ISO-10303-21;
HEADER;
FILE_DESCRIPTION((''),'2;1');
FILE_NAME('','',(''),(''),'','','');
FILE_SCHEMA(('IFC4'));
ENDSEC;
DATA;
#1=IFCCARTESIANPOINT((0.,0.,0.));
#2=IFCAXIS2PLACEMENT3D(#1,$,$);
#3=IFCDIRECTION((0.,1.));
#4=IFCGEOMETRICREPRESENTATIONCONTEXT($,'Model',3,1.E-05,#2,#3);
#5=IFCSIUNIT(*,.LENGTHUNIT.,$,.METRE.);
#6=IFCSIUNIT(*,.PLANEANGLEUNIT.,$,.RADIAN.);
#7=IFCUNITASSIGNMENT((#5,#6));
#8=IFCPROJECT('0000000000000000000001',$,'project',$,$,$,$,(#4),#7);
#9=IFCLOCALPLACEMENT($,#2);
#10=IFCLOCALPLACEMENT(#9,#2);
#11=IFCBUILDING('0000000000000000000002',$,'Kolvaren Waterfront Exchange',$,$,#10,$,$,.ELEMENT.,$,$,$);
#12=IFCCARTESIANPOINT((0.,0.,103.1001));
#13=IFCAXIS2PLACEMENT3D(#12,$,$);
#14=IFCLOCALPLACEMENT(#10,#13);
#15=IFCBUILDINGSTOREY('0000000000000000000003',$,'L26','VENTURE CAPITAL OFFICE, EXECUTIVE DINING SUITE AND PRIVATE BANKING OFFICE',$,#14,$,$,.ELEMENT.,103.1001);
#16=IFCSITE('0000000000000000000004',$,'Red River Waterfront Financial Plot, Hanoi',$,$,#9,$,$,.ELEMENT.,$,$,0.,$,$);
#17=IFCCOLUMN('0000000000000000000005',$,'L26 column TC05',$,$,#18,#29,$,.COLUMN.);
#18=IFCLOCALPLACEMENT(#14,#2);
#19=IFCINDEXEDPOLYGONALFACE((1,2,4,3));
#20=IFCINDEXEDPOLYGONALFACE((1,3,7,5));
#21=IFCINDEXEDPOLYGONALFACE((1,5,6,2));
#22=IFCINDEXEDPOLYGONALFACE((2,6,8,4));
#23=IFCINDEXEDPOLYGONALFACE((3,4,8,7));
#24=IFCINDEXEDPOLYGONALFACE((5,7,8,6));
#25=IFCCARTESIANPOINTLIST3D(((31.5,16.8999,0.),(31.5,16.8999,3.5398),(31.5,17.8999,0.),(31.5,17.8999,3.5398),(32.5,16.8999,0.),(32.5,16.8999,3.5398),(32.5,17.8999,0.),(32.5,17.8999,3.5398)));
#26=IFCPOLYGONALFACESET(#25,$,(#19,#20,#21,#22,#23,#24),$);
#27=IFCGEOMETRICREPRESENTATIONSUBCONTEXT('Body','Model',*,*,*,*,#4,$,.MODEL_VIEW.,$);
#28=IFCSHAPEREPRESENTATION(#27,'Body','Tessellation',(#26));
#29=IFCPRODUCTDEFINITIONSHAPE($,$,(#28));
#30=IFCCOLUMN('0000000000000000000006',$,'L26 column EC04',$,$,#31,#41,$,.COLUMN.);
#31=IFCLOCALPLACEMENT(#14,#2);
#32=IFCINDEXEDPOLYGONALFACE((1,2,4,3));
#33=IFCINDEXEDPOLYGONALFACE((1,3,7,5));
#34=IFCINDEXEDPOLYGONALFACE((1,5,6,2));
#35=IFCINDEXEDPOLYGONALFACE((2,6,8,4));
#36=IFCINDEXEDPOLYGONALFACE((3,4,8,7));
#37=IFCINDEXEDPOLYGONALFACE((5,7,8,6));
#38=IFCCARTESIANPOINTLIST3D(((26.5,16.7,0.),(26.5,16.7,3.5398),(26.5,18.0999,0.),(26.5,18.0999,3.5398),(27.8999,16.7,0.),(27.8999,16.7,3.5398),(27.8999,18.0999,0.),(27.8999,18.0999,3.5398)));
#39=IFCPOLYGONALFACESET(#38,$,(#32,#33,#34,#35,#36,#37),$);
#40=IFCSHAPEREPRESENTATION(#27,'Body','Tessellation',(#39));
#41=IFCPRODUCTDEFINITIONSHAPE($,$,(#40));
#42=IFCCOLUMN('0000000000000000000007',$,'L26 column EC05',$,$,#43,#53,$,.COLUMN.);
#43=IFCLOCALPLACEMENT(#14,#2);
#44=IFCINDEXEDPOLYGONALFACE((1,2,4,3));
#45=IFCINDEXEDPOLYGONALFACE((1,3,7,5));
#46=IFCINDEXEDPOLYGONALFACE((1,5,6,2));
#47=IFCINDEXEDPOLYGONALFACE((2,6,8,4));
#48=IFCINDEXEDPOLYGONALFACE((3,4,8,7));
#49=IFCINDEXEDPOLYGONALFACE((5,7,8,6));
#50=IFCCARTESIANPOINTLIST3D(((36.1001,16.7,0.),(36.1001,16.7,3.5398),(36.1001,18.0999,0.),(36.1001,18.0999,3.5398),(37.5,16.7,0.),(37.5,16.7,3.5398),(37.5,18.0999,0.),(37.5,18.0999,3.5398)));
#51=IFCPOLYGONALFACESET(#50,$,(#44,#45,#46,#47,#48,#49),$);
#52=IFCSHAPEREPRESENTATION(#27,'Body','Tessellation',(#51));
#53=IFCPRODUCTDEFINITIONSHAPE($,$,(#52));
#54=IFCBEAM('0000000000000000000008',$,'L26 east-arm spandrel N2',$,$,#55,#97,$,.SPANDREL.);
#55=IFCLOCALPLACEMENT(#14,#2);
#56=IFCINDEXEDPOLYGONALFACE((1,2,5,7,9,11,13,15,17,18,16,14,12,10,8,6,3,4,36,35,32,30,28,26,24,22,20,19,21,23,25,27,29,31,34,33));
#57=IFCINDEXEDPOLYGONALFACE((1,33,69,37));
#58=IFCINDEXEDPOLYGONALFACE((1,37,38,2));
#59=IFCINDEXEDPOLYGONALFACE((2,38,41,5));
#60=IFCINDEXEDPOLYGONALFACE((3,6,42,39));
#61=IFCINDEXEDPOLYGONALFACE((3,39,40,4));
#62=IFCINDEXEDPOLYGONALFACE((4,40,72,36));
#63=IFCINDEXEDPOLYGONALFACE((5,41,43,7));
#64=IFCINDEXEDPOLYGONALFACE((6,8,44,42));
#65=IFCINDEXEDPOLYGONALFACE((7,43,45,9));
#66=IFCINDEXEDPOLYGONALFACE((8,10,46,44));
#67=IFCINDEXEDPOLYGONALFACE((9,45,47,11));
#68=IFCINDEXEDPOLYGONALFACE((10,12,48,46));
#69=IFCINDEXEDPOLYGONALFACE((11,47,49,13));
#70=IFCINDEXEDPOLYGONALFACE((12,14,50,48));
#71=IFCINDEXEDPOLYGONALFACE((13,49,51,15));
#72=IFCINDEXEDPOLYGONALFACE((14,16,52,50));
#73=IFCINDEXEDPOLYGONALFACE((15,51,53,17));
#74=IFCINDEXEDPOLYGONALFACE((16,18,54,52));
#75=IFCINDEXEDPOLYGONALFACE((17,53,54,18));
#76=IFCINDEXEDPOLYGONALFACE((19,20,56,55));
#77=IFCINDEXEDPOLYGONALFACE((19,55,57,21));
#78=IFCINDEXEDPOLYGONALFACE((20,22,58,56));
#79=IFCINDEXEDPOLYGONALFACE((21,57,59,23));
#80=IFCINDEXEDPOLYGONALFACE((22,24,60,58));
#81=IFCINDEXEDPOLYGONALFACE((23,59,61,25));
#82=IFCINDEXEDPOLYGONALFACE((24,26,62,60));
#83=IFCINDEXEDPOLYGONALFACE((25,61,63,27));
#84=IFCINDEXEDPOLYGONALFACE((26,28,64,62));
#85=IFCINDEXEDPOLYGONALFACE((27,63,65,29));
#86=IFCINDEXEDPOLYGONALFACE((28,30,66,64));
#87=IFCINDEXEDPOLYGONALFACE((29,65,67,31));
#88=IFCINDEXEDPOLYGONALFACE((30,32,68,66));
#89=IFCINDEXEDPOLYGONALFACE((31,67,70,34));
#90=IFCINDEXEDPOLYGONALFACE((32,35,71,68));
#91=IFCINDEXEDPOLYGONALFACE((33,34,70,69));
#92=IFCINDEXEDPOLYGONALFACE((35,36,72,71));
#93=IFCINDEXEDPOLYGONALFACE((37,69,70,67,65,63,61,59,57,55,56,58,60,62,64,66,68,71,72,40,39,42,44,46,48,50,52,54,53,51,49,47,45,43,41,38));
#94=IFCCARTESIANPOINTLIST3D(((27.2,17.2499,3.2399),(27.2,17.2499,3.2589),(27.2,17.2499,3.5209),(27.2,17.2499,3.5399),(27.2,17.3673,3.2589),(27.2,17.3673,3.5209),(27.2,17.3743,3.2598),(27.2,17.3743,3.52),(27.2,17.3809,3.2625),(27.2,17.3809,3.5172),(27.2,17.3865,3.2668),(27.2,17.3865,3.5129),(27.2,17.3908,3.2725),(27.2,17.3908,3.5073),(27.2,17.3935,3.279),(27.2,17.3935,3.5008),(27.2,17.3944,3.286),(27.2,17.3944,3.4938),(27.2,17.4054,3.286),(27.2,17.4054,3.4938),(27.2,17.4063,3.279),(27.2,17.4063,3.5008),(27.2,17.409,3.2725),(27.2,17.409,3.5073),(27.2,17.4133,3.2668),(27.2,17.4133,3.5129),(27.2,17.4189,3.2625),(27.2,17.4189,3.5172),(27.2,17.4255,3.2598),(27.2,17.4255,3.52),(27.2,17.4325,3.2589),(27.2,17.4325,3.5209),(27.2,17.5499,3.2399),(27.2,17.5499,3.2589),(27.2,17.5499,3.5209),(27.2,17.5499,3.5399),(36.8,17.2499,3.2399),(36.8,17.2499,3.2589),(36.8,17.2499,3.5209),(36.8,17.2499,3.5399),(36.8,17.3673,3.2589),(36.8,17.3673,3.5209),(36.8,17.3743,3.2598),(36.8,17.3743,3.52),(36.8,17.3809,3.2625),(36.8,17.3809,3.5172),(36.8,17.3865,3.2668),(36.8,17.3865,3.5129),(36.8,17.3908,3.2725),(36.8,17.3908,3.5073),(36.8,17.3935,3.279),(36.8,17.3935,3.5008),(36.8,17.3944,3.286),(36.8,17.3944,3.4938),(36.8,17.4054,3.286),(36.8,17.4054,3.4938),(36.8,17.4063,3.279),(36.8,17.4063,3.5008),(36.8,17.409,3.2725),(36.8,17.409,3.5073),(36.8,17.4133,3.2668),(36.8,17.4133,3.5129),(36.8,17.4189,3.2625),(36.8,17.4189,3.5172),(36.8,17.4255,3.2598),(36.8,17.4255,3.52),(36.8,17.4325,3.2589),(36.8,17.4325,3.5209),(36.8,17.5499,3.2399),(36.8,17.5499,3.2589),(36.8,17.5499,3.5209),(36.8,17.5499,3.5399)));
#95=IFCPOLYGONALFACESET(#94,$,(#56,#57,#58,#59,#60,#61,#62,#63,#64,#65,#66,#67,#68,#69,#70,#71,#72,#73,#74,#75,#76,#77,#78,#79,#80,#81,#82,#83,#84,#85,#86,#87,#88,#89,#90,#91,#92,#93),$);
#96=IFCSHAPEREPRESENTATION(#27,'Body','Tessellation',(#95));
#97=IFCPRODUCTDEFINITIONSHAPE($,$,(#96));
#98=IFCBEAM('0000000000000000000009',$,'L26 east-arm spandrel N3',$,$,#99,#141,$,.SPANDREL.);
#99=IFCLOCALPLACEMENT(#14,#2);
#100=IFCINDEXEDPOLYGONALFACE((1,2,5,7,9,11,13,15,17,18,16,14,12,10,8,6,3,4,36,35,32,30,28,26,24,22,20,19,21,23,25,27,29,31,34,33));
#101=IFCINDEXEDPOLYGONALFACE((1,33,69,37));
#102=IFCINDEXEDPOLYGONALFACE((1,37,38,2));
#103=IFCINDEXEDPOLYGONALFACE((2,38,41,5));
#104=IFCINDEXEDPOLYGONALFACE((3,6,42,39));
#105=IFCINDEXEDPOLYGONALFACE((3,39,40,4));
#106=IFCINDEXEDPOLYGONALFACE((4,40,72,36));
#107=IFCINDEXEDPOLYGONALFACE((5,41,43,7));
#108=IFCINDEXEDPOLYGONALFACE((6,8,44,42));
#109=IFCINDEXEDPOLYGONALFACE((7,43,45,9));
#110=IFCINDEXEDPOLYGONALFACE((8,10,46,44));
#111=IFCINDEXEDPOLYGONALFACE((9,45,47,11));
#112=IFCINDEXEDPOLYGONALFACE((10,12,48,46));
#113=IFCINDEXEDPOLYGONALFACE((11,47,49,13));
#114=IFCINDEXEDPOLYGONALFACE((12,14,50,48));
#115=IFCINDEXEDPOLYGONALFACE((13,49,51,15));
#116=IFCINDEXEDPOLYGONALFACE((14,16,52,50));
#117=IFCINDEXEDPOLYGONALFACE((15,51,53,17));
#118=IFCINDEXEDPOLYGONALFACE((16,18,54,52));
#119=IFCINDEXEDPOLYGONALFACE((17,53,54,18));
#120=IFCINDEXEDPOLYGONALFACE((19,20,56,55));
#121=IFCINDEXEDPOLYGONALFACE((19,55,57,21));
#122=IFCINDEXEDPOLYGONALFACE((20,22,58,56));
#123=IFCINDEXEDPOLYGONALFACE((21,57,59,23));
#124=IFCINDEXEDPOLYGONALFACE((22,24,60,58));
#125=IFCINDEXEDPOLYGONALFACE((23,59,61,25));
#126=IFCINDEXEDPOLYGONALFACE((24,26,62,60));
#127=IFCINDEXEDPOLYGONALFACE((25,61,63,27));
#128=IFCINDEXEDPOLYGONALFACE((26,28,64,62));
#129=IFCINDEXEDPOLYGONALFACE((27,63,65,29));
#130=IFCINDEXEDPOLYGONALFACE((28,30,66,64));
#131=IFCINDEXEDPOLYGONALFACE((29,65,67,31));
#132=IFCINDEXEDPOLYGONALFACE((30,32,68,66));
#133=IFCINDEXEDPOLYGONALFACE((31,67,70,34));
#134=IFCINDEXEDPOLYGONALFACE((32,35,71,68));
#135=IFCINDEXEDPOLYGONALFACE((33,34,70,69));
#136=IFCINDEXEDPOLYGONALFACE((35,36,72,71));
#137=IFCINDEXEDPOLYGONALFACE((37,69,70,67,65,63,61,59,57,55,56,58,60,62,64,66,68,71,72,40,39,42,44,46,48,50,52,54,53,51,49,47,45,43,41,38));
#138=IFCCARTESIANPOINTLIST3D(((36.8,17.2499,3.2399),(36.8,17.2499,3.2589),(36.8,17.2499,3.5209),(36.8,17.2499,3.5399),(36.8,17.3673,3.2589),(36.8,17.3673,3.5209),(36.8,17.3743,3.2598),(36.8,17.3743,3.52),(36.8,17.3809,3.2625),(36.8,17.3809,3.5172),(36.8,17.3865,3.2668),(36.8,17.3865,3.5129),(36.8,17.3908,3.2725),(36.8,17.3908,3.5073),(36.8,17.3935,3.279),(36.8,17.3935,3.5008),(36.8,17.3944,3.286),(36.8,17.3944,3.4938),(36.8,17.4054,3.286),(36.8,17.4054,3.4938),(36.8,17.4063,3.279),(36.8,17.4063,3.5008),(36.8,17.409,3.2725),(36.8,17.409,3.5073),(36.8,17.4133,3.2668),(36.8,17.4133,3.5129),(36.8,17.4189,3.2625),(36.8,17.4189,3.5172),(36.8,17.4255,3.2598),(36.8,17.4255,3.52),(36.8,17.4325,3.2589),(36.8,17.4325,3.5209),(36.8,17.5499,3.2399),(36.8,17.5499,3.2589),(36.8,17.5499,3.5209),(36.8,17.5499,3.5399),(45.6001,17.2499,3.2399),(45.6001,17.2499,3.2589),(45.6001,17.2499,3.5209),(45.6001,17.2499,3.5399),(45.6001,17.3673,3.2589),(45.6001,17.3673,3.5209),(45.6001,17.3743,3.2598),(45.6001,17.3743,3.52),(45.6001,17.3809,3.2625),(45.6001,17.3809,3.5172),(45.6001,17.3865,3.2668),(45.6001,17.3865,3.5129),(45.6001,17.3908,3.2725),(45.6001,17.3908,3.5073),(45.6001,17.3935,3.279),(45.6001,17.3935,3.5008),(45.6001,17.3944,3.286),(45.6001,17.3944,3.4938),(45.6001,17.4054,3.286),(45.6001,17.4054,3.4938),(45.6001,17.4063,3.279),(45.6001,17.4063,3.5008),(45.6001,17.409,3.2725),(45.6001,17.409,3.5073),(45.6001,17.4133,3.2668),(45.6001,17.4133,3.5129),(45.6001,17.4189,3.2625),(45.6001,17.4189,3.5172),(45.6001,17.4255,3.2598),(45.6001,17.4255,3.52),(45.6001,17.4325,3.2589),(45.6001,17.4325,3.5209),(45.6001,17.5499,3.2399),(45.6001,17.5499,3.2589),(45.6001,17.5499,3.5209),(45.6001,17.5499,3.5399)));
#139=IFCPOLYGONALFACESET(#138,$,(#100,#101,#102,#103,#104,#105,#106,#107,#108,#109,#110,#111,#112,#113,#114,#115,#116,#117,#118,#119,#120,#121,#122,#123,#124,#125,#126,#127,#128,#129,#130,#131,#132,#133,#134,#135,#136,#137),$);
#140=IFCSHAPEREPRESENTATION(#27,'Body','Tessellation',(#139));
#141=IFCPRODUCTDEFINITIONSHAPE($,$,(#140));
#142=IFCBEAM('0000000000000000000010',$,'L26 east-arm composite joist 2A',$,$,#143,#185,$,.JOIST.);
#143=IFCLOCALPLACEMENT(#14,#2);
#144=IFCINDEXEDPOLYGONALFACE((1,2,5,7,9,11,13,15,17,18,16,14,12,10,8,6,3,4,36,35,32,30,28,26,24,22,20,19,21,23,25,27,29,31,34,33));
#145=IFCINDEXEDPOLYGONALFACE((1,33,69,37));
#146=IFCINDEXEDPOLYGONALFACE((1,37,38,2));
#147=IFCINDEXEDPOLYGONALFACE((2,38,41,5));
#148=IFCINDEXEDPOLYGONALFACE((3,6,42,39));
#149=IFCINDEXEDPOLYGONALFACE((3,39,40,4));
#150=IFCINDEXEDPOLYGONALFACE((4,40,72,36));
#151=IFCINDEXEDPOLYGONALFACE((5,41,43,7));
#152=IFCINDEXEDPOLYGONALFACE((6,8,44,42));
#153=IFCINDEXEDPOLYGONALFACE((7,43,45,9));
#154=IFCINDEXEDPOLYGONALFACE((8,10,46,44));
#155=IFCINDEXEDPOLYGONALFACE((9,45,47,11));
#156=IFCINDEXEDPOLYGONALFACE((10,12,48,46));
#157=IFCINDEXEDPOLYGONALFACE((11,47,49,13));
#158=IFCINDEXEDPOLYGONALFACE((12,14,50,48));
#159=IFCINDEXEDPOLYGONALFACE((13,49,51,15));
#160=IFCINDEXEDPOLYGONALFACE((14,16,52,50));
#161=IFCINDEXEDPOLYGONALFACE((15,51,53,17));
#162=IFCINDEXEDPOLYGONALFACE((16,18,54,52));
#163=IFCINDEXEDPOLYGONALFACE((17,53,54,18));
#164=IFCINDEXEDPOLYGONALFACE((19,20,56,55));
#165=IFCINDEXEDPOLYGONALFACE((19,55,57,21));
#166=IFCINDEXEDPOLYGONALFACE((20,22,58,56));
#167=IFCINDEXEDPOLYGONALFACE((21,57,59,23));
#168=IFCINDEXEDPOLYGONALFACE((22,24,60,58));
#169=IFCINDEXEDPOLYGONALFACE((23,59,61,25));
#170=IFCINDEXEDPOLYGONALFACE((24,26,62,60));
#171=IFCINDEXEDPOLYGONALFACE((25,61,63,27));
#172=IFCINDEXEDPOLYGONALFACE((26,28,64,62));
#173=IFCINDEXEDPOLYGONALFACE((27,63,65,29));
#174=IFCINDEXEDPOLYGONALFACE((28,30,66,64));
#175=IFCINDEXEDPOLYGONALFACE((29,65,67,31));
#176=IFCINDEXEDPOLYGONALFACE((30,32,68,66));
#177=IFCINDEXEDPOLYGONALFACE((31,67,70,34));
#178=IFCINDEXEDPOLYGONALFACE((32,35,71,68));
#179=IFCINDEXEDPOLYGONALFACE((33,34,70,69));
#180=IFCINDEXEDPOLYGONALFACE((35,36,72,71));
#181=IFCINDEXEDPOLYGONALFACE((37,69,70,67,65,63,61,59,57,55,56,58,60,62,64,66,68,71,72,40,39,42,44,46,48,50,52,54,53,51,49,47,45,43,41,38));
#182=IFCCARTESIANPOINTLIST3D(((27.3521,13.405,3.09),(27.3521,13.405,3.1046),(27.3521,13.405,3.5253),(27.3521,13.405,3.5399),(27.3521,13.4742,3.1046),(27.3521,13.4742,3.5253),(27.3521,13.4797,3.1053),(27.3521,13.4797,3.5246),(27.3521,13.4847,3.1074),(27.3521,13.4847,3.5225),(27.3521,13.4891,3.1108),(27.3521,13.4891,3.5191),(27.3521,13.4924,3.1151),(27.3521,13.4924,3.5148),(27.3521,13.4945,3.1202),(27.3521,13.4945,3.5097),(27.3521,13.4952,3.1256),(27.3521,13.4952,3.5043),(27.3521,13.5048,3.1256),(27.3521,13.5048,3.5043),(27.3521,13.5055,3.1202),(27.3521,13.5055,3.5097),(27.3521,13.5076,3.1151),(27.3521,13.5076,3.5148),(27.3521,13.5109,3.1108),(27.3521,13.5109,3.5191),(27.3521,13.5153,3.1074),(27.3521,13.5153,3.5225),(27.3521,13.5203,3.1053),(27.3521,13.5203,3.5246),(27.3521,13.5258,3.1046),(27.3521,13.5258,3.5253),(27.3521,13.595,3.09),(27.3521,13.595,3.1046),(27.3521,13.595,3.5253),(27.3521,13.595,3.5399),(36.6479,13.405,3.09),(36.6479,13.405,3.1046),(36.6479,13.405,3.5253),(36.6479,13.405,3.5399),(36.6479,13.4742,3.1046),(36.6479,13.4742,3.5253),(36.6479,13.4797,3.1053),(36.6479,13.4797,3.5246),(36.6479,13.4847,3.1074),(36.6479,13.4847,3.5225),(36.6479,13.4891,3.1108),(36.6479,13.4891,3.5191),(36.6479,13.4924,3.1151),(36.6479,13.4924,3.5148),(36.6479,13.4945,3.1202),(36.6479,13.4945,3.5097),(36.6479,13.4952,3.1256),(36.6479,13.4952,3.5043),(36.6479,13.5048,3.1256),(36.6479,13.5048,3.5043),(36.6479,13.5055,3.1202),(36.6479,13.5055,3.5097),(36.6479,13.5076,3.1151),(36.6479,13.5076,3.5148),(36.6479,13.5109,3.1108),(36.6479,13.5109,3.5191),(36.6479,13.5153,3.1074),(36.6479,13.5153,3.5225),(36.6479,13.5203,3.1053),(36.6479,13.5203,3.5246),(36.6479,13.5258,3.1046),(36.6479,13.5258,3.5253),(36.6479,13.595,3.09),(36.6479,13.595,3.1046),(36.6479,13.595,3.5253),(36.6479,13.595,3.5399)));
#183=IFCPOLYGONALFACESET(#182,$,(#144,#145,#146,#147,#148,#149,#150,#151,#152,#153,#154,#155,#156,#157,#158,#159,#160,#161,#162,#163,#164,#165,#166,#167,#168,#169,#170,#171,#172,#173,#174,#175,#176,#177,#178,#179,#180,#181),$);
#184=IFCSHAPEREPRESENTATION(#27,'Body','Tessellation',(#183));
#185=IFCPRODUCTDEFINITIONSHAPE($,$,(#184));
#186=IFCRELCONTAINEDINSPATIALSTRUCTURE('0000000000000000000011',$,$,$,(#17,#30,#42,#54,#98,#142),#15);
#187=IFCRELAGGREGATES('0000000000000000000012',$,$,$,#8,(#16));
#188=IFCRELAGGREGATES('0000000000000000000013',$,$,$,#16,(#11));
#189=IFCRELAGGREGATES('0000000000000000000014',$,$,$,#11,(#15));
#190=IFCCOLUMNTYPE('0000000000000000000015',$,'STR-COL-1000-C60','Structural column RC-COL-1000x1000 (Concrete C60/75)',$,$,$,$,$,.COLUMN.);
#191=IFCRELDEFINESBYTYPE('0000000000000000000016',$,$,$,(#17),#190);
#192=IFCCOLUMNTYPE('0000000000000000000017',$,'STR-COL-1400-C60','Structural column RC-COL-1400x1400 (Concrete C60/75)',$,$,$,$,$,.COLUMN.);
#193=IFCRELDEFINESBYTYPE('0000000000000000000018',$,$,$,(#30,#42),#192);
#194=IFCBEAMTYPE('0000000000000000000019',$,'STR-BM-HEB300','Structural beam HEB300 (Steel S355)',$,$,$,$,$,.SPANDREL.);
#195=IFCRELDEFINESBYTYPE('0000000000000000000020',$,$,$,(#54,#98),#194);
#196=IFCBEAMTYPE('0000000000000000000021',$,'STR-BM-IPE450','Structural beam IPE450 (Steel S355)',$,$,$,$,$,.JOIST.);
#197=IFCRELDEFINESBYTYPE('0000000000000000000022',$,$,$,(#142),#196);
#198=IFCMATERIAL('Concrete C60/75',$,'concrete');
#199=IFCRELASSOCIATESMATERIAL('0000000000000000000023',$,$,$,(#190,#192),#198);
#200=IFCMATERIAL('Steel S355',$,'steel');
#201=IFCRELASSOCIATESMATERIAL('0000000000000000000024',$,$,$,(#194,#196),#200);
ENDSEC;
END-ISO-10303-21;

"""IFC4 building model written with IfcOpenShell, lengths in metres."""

from ifc_helpers import new_model, si_unit, direction, frame, origin, origin_2d, place, context, subcontext, project, spatial, rectangle, i_section, extrude, material, material_profile, profile_set, type_object, element, save


model = new_model("IFC4")

# Units and contexts
model_context = context("Model", 3, precision=1e-05, world=origin(), true_north=direction((0.0, 1.0)))
body_context = subcontext(model_context, "Body", "Model", "MODEL_VIEW")
ifc_project = project(units=[si_unit("LENGTHUNIT", "METRE"), si_unit("PLANEANGLEUNIT", "RADIAN")], contexts=[model_context])

# Site, building, storey
site_placement = place(None, origin())
site = spatial("IfcSite", under=ifc_project, at=site_placement, Name="Red River Waterfront Financial Plot, Hanoi", CompositionType="ELEMENT", RefElevation=0.0)
building_placement = place(site_placement, origin())
building = spatial("IfcBuilding", under=site, at=building_placement, Name="Kolvaren Waterfront Exchange", CompositionType="ELEMENT")
storey_placement = place(building_placement, frame((0.0, 0.0, 103.1001)))
storey = spatial("IfcBuildingStorey", under=building, at=storey_placement, Name="L26", Description="VENTURE CAPITAL OFFICE, EXECUTIVE DINING SUITE AND PRIVATE BANKING OFFICE", CompositionType="ELEMENT", Elevation=103.1001)

# Columns
ifc_material_1 = material(Name="Concrete C60/75", Category="concrete")
ifc_material_profile_1 = material_profile(ifc_material_1, rectangle(XDim=1.0, YDim=1.0, at=origin_2d()), Name="RC-COL-1000x1000")
ifc_profile_set_1 = profile_set([ifc_material_profile_1], Name="Concrete C60/75")
column_type_1 = type_object("IfcColumnType", Name="STR-COL-1000-C60", Description="Structural column RC-COL-1000x1000 (Concrete C60/75)", PredefinedType="COLUMN", material=ifc_profile_set_1)
column_placement = place(storey_placement, frame((32.0, 17.3999, 0.0), z_axis=(0.0, 0.0, 1.0), x_axis=(1.0, 0.0, 0.0)))
element("IfcColumn", 1, at=column_placement, inside=storey, type_object=column_type_1, Name="L26 column TC05", PredefinedType="COLUMN", context=body_context, shape_type="SweptSolid", body=[
    extrude(rectangle(XDim=1.0, YDim=1.0, at=origin_2d()), origin(), (0.0, 0.0, 1.0), 3.5398),
])
ifc_material_profile_2 = material_profile(ifc_material_1, rectangle(XDim=1.3999, YDim=1.3999, at=origin_2d()), Name="RC-COL-1400x1400")
ifc_profile_set_2 = profile_set([ifc_material_profile_2], Name="Concrete C60/75")
column_type_2 = type_object("IfcColumnType", Name="STR-COL-1400-C60", Description="Structural column RC-COL-1400x1400 (Concrete C60/75)", PredefinedType="COLUMN", material=ifc_profile_set_2)
for number, where, z_axis, x_axis, name in (
    (2, (27.2, 17.3999, 0.0), (0.0, 0.0, 1.0), (1.0, 0.0, 0.0), "L26 column EC04"),
    (3, (36.8, 17.3999, 0.0), (0.0, 0.0, 1.0), (1.0, 0.0, 0.0), "L26 column EC05"),
):
    element("IfcColumn", number, at=place(storey_placement, frame(where, z_axis=z_axis, x_axis=x_axis)), inside=storey, type_object=column_type_2, Name=name, PredefinedType="COLUMN", context=body_context, shape_type="SweptSolid", body=[
        extrude(rectangle(XDim=1.3999, YDim=1.3999, at=origin_2d()), origin(), (0.0, 0.0, 1.0), 3.5398),
    ])

# Beams
ifc_material_2 = material(Name="Steel S355", Category="steel")
ifc_material_profile_3 = material_profile(ifc_material_2, i_section(OverallWidth=0.3, OverallDepth=0.3, WebThickness=0.011, FlangeThickness=0.019, FilletRadius=0.0271, at=origin_2d()), Name="HEB300")
ifc_profile_set_3 = profile_set([ifc_material_profile_3], Name="Steel S355")
beam_type_1 = type_object("IfcBeamType", Name="STR-BM-HEB300", Description="Structural beam HEB300 (Steel S355)", PredefinedType="SPANDREL", material=ifc_profile_set_3)
beam_1_placement = place(storey_placement, frame((27.2, 17.3999, 3.3899), z_axis=(1.0, 0.0, 0.0), x_axis=(0.0, 1.0, 0.0)))
element("IfcBeam", 4, at=beam_1_placement, inside=storey, type_object=beam_type_1, Name="L26 east-arm spandrel N2", PredefinedType="SPANDREL", context=body_context, shape_type="SweptSolid", body=[
    extrude(i_section(OverallWidth=0.3, OverallDepth=0.3, WebThickness=0.011, FlangeThickness=0.019, FilletRadius=0.0271, at=origin_2d()), origin(), (0.0, 0.0, 1.0), 9.6001),
])
beam_2_placement = place(storey_placement, frame((36.8, 17.3999, 3.3899), z_axis=(1.0, 0.0, 0.0), x_axis=(0.0, 1.0, 0.0)))
element("IfcBeam", 5, at=beam_2_placement, inside=storey, type_object=beam_type_1, Name="L26 east-arm spandrel N3", PredefinedType="SPANDREL", context=body_context, shape_type="SweptSolid", body=[
    extrude(i_section(OverallWidth=0.3, OverallDepth=0.3, WebThickness=0.011, FlangeThickness=0.019, FilletRadius=0.0271, at=origin_2d()), origin(), (0.0, 0.0, 1.0), 8.8),
])
ifc_material_profile_4 = material_profile(ifc_material_2, i_section(OverallWidth=0.1899, OverallDepth=0.45, WebThickness=0.0095, FlangeThickness=0.0146, FilletRadius=0.021, at=origin_2d()), Name="IPE450")
ifc_profile_set_4 = profile_set([ifc_material_profile_4], Name="Steel S355")
beam_type_2 = type_object("IfcBeamType", Name="STR-BM-IPE450", Description="Structural beam IPE450 (Steel S355)", PredefinedType="JOIST", material=ifc_profile_set_4)
for number, where, z_axis, x_axis, name in (
    (6, (27.3521, 13.5, 3.3149), (1.0, 0.0, 0.0), (0.0, 1.0, 0.0), "L26 east-arm composite joist 2A"),
):
    element("IfcBeam", number, at=place(storey_placement, frame(where, z_axis=z_axis, x_axis=x_axis)), inside=storey, type_object=beam_type_2, Name=name, PredefinedType="JOIST", context=body_context, shape_type="SweptSolid", body=[
        extrude(i_section(OverallWidth=0.1899, OverallDepth=0.45, WebThickness=0.0095, FlangeThickness=0.0146, FilletRadius=0.021, at=origin_2d()), origin(), (0.0, 0.0, 1.0), 9.2959),
    ])

save(model, "model.ifc")
